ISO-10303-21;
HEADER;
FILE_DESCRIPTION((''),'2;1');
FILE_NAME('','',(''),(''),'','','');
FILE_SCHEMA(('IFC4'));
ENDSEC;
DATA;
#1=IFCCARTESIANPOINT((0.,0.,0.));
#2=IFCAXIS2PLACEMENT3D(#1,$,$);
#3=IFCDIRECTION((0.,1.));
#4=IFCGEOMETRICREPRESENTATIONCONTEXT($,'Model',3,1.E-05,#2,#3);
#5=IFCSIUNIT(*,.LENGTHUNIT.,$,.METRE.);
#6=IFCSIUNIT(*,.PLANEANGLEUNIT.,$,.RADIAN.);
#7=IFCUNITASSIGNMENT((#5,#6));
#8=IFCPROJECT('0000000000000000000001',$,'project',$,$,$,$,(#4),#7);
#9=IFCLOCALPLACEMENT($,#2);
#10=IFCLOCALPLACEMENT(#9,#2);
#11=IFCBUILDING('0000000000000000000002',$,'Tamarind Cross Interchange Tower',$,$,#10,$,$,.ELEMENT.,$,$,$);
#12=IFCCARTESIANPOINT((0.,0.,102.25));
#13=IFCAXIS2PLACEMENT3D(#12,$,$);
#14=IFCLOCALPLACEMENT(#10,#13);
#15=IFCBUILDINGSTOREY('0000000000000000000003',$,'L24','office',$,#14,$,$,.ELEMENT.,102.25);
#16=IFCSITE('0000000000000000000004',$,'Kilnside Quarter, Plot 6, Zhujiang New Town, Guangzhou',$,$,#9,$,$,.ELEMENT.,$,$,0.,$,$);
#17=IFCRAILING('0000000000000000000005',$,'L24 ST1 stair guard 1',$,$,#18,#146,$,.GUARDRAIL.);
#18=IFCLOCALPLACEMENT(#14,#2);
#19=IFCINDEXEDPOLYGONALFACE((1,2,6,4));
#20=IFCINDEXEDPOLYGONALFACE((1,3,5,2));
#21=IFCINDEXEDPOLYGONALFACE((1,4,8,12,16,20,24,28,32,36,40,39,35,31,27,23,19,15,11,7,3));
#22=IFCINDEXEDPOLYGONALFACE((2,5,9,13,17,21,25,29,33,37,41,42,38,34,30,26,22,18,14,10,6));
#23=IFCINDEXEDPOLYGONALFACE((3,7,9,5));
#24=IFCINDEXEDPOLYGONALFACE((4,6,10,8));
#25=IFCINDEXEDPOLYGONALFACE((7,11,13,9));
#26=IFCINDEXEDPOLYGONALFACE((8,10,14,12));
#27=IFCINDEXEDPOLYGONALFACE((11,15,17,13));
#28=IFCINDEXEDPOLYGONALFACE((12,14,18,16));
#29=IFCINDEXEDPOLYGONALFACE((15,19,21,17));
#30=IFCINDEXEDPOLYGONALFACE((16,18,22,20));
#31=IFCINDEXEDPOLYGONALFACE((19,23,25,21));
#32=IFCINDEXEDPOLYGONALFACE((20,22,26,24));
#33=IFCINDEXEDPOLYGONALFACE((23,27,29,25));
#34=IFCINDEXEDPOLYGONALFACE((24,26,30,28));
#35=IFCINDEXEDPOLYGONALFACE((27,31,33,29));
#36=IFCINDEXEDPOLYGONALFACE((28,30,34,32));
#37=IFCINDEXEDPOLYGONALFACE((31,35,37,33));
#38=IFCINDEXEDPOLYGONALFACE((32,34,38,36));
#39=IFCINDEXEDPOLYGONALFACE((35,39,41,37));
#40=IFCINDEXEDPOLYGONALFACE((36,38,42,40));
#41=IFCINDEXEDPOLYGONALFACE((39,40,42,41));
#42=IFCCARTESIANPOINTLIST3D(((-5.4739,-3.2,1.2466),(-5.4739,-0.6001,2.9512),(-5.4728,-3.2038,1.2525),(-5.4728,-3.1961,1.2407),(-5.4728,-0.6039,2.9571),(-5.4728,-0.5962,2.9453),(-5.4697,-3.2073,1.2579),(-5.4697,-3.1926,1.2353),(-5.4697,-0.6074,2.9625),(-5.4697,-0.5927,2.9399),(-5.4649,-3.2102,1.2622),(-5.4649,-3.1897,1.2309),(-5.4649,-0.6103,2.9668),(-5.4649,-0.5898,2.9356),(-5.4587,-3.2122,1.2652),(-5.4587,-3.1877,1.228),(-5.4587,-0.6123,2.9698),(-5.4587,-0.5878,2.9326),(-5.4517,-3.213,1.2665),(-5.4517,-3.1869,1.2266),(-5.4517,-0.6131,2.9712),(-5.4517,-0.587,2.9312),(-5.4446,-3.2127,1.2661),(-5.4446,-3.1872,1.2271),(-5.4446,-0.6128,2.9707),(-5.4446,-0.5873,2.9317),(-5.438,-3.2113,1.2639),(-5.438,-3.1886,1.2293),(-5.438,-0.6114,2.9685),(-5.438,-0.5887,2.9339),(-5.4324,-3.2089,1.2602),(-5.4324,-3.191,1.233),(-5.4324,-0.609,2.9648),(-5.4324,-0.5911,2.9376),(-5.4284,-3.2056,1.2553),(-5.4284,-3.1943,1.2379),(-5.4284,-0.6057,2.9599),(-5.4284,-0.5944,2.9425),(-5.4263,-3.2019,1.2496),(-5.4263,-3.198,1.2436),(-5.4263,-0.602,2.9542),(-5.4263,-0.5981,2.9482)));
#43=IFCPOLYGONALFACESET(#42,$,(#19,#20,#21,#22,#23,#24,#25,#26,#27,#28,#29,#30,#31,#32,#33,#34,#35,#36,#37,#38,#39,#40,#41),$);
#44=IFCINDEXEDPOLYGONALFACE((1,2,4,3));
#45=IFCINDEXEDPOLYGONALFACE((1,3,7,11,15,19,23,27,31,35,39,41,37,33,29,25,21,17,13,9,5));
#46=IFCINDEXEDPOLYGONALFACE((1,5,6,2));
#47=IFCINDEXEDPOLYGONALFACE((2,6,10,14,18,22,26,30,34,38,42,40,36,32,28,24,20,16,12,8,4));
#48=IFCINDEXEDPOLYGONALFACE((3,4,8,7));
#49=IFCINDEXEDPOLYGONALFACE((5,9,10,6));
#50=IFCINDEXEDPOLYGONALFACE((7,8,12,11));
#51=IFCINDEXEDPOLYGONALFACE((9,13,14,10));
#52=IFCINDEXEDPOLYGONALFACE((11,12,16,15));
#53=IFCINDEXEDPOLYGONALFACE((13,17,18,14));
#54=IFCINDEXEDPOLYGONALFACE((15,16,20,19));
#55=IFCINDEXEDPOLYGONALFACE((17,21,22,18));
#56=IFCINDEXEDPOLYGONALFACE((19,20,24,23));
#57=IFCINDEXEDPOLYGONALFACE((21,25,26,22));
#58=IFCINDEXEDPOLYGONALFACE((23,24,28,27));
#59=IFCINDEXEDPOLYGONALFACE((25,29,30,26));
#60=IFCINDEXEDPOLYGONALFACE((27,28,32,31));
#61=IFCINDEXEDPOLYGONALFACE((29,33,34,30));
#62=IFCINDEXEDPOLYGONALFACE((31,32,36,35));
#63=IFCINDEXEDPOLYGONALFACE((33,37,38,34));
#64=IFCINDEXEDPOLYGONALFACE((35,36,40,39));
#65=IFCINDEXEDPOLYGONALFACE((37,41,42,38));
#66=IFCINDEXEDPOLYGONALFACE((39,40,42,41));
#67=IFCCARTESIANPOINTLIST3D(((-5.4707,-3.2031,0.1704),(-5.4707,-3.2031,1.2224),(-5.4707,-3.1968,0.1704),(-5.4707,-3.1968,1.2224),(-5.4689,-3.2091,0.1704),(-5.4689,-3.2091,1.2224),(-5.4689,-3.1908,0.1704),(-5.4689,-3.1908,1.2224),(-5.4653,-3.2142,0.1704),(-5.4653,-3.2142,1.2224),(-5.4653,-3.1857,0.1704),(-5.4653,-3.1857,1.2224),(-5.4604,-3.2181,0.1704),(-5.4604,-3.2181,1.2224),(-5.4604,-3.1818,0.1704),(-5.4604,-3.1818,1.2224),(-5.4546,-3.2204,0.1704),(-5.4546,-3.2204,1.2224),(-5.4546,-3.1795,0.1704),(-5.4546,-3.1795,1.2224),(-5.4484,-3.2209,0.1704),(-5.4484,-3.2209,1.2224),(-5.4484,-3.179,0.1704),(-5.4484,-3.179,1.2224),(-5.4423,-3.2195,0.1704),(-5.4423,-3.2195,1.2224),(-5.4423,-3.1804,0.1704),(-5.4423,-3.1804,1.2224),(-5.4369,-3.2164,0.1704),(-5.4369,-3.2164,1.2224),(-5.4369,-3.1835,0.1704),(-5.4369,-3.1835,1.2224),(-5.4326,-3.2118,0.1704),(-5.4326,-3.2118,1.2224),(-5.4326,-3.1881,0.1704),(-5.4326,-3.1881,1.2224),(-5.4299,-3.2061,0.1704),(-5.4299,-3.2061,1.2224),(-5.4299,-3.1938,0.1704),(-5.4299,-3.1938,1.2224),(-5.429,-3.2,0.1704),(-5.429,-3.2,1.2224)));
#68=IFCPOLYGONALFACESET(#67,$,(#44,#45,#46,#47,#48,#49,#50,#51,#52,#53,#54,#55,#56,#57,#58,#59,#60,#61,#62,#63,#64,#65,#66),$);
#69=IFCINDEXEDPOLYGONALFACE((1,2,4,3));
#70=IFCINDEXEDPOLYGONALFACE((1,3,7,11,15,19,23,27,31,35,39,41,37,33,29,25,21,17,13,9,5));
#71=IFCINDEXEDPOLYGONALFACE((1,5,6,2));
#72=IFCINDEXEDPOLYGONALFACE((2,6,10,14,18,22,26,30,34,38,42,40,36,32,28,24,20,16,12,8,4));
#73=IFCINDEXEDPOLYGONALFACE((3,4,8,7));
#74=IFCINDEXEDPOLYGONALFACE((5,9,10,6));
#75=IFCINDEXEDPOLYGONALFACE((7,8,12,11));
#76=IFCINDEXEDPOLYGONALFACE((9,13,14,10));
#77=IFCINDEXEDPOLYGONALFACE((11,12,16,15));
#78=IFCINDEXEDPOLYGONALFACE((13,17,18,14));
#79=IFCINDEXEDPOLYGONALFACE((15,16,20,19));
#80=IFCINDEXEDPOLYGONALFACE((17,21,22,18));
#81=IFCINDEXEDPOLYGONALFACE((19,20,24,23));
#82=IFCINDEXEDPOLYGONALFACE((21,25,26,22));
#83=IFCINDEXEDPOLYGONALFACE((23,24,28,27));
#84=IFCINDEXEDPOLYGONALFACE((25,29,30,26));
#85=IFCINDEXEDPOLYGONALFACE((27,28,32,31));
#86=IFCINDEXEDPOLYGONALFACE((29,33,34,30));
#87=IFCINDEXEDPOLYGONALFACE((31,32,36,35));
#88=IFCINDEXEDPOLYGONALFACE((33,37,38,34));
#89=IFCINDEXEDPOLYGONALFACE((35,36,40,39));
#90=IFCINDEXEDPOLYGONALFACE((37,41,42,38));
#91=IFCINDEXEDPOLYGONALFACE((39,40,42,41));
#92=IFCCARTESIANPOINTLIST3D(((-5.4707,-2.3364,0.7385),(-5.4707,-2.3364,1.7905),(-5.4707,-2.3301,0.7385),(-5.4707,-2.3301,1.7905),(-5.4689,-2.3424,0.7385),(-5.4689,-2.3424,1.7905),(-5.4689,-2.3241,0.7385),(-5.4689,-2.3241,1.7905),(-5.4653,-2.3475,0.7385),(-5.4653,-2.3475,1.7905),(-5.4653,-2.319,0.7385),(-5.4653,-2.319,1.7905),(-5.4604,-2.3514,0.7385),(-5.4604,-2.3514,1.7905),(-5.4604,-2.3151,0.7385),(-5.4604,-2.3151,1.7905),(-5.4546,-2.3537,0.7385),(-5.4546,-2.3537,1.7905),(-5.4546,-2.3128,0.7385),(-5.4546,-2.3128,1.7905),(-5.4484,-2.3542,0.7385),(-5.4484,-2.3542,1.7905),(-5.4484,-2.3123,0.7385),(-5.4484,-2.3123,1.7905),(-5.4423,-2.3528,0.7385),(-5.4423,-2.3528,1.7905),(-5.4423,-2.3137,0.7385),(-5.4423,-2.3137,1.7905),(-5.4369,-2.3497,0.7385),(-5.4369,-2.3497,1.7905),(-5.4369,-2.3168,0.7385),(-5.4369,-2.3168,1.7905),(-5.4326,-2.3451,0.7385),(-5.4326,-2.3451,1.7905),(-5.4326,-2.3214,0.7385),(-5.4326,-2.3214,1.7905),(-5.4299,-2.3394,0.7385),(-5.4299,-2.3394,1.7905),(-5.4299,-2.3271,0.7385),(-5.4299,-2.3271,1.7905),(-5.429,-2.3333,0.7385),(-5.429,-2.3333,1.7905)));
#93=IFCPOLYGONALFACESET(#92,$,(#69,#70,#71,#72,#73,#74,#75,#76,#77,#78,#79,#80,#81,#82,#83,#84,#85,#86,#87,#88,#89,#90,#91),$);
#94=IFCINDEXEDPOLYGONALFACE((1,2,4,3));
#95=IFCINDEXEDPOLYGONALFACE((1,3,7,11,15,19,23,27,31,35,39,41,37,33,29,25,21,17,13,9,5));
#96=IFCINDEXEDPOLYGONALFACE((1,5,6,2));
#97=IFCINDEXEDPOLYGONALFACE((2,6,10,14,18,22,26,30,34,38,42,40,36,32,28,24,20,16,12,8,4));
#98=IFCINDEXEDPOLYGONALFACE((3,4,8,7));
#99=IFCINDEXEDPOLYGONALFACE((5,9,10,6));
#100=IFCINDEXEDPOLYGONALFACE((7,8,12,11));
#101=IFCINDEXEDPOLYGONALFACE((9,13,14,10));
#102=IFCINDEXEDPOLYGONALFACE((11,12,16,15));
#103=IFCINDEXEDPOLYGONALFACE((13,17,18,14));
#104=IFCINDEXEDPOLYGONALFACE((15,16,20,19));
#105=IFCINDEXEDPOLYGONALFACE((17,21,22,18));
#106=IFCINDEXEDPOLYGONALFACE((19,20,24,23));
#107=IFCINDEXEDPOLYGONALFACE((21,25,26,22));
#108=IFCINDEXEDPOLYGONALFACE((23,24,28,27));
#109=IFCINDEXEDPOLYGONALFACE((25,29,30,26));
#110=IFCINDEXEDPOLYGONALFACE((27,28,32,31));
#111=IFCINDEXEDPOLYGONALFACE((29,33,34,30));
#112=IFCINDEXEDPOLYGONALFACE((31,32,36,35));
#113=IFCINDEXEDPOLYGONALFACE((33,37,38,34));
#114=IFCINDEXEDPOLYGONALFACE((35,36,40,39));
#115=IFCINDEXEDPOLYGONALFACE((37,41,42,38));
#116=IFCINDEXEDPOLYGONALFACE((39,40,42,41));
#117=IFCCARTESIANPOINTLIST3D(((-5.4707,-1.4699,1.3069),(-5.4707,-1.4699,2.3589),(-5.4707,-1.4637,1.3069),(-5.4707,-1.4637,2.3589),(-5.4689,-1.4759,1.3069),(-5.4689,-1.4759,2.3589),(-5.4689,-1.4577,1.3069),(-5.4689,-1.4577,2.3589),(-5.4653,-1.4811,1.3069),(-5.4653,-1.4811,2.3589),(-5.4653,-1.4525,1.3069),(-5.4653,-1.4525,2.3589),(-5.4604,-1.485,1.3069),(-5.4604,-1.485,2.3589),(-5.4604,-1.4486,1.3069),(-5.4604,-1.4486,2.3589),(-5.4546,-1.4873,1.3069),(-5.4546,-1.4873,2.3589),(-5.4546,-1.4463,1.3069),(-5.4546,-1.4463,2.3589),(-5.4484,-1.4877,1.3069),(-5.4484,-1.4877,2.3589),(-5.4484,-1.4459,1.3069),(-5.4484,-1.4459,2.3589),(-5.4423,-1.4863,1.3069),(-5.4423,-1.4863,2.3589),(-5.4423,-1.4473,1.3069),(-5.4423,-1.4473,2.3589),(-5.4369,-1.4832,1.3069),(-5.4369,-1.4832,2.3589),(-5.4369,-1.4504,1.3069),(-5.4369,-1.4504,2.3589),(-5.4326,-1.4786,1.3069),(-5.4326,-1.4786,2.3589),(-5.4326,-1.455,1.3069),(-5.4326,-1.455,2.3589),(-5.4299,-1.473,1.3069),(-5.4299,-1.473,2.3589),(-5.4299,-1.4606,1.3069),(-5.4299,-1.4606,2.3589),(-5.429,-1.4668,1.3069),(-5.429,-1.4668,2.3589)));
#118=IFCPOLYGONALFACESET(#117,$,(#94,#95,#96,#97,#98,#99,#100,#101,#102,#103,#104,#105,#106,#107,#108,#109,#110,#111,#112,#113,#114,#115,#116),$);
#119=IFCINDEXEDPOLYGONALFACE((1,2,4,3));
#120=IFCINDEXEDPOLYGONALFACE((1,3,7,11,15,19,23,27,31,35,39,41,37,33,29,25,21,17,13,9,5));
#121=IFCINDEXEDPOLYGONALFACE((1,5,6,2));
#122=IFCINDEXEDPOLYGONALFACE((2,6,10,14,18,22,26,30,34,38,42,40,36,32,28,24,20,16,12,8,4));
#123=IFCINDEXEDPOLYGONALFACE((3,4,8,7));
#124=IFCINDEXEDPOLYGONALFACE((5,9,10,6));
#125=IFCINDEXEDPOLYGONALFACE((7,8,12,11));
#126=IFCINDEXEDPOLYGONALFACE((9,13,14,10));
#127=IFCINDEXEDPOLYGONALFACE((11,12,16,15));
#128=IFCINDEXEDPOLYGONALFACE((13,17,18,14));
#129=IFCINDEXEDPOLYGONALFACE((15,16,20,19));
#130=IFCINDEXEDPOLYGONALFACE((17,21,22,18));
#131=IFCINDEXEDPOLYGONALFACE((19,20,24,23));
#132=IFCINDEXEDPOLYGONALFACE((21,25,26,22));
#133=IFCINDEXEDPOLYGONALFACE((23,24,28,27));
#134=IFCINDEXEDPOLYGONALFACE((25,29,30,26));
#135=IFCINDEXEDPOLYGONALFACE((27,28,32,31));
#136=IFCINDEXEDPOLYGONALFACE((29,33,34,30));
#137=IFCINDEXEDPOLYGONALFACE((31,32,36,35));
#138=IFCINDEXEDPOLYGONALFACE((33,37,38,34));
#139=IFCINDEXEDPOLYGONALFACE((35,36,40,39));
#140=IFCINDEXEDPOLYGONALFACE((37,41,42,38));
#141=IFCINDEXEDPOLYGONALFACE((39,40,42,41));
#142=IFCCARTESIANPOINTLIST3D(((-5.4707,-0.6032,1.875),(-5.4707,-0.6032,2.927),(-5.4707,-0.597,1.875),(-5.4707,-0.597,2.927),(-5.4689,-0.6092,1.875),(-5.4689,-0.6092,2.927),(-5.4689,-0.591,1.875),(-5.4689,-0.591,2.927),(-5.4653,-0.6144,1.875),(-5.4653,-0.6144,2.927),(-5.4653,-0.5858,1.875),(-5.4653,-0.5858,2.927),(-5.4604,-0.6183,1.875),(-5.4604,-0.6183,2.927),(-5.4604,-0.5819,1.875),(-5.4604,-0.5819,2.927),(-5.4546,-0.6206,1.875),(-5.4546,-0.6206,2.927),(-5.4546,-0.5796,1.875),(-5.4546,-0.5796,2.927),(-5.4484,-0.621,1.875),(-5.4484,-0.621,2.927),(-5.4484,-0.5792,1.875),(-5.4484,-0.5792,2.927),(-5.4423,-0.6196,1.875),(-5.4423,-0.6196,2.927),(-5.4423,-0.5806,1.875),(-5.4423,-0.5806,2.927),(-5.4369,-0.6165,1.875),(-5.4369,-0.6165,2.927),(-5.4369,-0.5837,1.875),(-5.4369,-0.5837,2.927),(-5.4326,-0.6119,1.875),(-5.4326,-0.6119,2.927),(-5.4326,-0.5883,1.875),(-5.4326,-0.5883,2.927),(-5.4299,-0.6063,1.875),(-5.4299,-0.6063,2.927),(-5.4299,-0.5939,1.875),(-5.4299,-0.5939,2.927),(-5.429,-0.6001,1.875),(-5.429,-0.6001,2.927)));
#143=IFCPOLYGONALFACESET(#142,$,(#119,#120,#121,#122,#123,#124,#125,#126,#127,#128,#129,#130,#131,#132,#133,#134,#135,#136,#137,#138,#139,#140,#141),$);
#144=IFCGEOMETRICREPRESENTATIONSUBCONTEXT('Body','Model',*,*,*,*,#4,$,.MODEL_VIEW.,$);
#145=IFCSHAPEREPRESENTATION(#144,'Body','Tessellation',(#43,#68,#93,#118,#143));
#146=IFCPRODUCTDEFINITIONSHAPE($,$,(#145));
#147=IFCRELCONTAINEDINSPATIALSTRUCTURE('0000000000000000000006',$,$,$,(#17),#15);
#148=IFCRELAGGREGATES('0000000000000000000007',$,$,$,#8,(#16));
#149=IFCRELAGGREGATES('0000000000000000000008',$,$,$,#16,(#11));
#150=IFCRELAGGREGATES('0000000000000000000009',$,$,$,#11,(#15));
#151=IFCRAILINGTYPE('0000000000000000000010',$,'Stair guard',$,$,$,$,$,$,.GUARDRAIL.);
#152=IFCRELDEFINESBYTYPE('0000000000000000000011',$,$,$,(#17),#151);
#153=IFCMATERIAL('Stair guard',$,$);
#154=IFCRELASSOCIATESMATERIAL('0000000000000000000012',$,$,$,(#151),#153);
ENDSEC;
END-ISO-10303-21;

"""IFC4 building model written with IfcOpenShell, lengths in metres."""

from ifc_helpers import new_model, si_unit, direction, frame, origin, origin_2d, place, context, subcontext, project, spatial, circle, extrude, material, type_object, element, save


model = new_model("IFC4")

# Units and contexts
model_context = context("Model", 3, precision=1e-05, world=origin(), true_north=direction((0.0, 1.0)))
body_context = subcontext(model_context, "Body", "Model", "MODEL_VIEW")
ifc_project = project(units=[si_unit("LENGTHUNIT", "METRE"), si_unit("PLANEANGLEUNIT", "RADIAN")], contexts=[model_context])

# Site, building, storey
site_placement = place(None, origin())
site = spatial("IfcSite", under=ifc_project, at=site_placement, Name="Kilnside Quarter, Plot 6, Zhujiang New Town, Guangzhou", CompositionType="ELEMENT", RefElevation=0.0)
building_placement = place(site_placement, origin())
building = spatial("IfcBuilding", under=site, at=building_placement, Name="Tamarind Cross Interchange Tower", CompositionType="ELEMENT")
storey_placement = place(building_placement, frame((0.0, 0.0, 102.25)))
storey = spatial("IfcBuildingStorey", under=building, at=storey_placement, Name="L24", Description="office", CompositionType="ELEMENT", Elevation=102.25)

# Railing
ifc_material_1 = material(Name="Stair guard")
railing_type_1 = type_object("IfcRailingType", Name="Stair guard", PredefinedType="GUARDRAIL", material=ifc_material_1)
railing_1_placement = place(storey_placement, frame((-5.45, -3.2, 0.1704)))
element("IfcRailing", 1, at=railing_1_placement, inside=storey, type_object=railing_type_1, Name="L24 ST1 stair guard 1", PredefinedType="GUARDRAIL", context=body_context, shape_type="SweptSolid", body=[
    extrude(circle(Radius=0.0239, at=origin_2d()), frame((0.0, 0.0, 1.0762), z_axis=(0.0, 0.836279, 0.548305), x_axis=(-1.0, 0.0, 0.0)), (0.0, 0.0, 1.0), 3.1089),
    extrude(circle(Radius=0.021, at=origin_2d()), origin(), (0.0, 0.0, 1.0), 1.052),
    extrude(circle(Radius=0.021, at=origin_2d()), frame((0.0, 0.8667, 0.5681)), (0.0, 0.0, 1.0), 1.052),
    extrude(circle(Radius=0.021, at=origin_2d()), frame((0.0, 1.7332, 1.1365)), (0.0, 0.0, 1.0), 1.052),
    extrude(circle(Radius=0.021, at=origin_2d()), frame((0.0, 2.5999, 1.7046)), (0.0, 0.0, 1.0), 1.052),
])

save(model, "model.ifc")
